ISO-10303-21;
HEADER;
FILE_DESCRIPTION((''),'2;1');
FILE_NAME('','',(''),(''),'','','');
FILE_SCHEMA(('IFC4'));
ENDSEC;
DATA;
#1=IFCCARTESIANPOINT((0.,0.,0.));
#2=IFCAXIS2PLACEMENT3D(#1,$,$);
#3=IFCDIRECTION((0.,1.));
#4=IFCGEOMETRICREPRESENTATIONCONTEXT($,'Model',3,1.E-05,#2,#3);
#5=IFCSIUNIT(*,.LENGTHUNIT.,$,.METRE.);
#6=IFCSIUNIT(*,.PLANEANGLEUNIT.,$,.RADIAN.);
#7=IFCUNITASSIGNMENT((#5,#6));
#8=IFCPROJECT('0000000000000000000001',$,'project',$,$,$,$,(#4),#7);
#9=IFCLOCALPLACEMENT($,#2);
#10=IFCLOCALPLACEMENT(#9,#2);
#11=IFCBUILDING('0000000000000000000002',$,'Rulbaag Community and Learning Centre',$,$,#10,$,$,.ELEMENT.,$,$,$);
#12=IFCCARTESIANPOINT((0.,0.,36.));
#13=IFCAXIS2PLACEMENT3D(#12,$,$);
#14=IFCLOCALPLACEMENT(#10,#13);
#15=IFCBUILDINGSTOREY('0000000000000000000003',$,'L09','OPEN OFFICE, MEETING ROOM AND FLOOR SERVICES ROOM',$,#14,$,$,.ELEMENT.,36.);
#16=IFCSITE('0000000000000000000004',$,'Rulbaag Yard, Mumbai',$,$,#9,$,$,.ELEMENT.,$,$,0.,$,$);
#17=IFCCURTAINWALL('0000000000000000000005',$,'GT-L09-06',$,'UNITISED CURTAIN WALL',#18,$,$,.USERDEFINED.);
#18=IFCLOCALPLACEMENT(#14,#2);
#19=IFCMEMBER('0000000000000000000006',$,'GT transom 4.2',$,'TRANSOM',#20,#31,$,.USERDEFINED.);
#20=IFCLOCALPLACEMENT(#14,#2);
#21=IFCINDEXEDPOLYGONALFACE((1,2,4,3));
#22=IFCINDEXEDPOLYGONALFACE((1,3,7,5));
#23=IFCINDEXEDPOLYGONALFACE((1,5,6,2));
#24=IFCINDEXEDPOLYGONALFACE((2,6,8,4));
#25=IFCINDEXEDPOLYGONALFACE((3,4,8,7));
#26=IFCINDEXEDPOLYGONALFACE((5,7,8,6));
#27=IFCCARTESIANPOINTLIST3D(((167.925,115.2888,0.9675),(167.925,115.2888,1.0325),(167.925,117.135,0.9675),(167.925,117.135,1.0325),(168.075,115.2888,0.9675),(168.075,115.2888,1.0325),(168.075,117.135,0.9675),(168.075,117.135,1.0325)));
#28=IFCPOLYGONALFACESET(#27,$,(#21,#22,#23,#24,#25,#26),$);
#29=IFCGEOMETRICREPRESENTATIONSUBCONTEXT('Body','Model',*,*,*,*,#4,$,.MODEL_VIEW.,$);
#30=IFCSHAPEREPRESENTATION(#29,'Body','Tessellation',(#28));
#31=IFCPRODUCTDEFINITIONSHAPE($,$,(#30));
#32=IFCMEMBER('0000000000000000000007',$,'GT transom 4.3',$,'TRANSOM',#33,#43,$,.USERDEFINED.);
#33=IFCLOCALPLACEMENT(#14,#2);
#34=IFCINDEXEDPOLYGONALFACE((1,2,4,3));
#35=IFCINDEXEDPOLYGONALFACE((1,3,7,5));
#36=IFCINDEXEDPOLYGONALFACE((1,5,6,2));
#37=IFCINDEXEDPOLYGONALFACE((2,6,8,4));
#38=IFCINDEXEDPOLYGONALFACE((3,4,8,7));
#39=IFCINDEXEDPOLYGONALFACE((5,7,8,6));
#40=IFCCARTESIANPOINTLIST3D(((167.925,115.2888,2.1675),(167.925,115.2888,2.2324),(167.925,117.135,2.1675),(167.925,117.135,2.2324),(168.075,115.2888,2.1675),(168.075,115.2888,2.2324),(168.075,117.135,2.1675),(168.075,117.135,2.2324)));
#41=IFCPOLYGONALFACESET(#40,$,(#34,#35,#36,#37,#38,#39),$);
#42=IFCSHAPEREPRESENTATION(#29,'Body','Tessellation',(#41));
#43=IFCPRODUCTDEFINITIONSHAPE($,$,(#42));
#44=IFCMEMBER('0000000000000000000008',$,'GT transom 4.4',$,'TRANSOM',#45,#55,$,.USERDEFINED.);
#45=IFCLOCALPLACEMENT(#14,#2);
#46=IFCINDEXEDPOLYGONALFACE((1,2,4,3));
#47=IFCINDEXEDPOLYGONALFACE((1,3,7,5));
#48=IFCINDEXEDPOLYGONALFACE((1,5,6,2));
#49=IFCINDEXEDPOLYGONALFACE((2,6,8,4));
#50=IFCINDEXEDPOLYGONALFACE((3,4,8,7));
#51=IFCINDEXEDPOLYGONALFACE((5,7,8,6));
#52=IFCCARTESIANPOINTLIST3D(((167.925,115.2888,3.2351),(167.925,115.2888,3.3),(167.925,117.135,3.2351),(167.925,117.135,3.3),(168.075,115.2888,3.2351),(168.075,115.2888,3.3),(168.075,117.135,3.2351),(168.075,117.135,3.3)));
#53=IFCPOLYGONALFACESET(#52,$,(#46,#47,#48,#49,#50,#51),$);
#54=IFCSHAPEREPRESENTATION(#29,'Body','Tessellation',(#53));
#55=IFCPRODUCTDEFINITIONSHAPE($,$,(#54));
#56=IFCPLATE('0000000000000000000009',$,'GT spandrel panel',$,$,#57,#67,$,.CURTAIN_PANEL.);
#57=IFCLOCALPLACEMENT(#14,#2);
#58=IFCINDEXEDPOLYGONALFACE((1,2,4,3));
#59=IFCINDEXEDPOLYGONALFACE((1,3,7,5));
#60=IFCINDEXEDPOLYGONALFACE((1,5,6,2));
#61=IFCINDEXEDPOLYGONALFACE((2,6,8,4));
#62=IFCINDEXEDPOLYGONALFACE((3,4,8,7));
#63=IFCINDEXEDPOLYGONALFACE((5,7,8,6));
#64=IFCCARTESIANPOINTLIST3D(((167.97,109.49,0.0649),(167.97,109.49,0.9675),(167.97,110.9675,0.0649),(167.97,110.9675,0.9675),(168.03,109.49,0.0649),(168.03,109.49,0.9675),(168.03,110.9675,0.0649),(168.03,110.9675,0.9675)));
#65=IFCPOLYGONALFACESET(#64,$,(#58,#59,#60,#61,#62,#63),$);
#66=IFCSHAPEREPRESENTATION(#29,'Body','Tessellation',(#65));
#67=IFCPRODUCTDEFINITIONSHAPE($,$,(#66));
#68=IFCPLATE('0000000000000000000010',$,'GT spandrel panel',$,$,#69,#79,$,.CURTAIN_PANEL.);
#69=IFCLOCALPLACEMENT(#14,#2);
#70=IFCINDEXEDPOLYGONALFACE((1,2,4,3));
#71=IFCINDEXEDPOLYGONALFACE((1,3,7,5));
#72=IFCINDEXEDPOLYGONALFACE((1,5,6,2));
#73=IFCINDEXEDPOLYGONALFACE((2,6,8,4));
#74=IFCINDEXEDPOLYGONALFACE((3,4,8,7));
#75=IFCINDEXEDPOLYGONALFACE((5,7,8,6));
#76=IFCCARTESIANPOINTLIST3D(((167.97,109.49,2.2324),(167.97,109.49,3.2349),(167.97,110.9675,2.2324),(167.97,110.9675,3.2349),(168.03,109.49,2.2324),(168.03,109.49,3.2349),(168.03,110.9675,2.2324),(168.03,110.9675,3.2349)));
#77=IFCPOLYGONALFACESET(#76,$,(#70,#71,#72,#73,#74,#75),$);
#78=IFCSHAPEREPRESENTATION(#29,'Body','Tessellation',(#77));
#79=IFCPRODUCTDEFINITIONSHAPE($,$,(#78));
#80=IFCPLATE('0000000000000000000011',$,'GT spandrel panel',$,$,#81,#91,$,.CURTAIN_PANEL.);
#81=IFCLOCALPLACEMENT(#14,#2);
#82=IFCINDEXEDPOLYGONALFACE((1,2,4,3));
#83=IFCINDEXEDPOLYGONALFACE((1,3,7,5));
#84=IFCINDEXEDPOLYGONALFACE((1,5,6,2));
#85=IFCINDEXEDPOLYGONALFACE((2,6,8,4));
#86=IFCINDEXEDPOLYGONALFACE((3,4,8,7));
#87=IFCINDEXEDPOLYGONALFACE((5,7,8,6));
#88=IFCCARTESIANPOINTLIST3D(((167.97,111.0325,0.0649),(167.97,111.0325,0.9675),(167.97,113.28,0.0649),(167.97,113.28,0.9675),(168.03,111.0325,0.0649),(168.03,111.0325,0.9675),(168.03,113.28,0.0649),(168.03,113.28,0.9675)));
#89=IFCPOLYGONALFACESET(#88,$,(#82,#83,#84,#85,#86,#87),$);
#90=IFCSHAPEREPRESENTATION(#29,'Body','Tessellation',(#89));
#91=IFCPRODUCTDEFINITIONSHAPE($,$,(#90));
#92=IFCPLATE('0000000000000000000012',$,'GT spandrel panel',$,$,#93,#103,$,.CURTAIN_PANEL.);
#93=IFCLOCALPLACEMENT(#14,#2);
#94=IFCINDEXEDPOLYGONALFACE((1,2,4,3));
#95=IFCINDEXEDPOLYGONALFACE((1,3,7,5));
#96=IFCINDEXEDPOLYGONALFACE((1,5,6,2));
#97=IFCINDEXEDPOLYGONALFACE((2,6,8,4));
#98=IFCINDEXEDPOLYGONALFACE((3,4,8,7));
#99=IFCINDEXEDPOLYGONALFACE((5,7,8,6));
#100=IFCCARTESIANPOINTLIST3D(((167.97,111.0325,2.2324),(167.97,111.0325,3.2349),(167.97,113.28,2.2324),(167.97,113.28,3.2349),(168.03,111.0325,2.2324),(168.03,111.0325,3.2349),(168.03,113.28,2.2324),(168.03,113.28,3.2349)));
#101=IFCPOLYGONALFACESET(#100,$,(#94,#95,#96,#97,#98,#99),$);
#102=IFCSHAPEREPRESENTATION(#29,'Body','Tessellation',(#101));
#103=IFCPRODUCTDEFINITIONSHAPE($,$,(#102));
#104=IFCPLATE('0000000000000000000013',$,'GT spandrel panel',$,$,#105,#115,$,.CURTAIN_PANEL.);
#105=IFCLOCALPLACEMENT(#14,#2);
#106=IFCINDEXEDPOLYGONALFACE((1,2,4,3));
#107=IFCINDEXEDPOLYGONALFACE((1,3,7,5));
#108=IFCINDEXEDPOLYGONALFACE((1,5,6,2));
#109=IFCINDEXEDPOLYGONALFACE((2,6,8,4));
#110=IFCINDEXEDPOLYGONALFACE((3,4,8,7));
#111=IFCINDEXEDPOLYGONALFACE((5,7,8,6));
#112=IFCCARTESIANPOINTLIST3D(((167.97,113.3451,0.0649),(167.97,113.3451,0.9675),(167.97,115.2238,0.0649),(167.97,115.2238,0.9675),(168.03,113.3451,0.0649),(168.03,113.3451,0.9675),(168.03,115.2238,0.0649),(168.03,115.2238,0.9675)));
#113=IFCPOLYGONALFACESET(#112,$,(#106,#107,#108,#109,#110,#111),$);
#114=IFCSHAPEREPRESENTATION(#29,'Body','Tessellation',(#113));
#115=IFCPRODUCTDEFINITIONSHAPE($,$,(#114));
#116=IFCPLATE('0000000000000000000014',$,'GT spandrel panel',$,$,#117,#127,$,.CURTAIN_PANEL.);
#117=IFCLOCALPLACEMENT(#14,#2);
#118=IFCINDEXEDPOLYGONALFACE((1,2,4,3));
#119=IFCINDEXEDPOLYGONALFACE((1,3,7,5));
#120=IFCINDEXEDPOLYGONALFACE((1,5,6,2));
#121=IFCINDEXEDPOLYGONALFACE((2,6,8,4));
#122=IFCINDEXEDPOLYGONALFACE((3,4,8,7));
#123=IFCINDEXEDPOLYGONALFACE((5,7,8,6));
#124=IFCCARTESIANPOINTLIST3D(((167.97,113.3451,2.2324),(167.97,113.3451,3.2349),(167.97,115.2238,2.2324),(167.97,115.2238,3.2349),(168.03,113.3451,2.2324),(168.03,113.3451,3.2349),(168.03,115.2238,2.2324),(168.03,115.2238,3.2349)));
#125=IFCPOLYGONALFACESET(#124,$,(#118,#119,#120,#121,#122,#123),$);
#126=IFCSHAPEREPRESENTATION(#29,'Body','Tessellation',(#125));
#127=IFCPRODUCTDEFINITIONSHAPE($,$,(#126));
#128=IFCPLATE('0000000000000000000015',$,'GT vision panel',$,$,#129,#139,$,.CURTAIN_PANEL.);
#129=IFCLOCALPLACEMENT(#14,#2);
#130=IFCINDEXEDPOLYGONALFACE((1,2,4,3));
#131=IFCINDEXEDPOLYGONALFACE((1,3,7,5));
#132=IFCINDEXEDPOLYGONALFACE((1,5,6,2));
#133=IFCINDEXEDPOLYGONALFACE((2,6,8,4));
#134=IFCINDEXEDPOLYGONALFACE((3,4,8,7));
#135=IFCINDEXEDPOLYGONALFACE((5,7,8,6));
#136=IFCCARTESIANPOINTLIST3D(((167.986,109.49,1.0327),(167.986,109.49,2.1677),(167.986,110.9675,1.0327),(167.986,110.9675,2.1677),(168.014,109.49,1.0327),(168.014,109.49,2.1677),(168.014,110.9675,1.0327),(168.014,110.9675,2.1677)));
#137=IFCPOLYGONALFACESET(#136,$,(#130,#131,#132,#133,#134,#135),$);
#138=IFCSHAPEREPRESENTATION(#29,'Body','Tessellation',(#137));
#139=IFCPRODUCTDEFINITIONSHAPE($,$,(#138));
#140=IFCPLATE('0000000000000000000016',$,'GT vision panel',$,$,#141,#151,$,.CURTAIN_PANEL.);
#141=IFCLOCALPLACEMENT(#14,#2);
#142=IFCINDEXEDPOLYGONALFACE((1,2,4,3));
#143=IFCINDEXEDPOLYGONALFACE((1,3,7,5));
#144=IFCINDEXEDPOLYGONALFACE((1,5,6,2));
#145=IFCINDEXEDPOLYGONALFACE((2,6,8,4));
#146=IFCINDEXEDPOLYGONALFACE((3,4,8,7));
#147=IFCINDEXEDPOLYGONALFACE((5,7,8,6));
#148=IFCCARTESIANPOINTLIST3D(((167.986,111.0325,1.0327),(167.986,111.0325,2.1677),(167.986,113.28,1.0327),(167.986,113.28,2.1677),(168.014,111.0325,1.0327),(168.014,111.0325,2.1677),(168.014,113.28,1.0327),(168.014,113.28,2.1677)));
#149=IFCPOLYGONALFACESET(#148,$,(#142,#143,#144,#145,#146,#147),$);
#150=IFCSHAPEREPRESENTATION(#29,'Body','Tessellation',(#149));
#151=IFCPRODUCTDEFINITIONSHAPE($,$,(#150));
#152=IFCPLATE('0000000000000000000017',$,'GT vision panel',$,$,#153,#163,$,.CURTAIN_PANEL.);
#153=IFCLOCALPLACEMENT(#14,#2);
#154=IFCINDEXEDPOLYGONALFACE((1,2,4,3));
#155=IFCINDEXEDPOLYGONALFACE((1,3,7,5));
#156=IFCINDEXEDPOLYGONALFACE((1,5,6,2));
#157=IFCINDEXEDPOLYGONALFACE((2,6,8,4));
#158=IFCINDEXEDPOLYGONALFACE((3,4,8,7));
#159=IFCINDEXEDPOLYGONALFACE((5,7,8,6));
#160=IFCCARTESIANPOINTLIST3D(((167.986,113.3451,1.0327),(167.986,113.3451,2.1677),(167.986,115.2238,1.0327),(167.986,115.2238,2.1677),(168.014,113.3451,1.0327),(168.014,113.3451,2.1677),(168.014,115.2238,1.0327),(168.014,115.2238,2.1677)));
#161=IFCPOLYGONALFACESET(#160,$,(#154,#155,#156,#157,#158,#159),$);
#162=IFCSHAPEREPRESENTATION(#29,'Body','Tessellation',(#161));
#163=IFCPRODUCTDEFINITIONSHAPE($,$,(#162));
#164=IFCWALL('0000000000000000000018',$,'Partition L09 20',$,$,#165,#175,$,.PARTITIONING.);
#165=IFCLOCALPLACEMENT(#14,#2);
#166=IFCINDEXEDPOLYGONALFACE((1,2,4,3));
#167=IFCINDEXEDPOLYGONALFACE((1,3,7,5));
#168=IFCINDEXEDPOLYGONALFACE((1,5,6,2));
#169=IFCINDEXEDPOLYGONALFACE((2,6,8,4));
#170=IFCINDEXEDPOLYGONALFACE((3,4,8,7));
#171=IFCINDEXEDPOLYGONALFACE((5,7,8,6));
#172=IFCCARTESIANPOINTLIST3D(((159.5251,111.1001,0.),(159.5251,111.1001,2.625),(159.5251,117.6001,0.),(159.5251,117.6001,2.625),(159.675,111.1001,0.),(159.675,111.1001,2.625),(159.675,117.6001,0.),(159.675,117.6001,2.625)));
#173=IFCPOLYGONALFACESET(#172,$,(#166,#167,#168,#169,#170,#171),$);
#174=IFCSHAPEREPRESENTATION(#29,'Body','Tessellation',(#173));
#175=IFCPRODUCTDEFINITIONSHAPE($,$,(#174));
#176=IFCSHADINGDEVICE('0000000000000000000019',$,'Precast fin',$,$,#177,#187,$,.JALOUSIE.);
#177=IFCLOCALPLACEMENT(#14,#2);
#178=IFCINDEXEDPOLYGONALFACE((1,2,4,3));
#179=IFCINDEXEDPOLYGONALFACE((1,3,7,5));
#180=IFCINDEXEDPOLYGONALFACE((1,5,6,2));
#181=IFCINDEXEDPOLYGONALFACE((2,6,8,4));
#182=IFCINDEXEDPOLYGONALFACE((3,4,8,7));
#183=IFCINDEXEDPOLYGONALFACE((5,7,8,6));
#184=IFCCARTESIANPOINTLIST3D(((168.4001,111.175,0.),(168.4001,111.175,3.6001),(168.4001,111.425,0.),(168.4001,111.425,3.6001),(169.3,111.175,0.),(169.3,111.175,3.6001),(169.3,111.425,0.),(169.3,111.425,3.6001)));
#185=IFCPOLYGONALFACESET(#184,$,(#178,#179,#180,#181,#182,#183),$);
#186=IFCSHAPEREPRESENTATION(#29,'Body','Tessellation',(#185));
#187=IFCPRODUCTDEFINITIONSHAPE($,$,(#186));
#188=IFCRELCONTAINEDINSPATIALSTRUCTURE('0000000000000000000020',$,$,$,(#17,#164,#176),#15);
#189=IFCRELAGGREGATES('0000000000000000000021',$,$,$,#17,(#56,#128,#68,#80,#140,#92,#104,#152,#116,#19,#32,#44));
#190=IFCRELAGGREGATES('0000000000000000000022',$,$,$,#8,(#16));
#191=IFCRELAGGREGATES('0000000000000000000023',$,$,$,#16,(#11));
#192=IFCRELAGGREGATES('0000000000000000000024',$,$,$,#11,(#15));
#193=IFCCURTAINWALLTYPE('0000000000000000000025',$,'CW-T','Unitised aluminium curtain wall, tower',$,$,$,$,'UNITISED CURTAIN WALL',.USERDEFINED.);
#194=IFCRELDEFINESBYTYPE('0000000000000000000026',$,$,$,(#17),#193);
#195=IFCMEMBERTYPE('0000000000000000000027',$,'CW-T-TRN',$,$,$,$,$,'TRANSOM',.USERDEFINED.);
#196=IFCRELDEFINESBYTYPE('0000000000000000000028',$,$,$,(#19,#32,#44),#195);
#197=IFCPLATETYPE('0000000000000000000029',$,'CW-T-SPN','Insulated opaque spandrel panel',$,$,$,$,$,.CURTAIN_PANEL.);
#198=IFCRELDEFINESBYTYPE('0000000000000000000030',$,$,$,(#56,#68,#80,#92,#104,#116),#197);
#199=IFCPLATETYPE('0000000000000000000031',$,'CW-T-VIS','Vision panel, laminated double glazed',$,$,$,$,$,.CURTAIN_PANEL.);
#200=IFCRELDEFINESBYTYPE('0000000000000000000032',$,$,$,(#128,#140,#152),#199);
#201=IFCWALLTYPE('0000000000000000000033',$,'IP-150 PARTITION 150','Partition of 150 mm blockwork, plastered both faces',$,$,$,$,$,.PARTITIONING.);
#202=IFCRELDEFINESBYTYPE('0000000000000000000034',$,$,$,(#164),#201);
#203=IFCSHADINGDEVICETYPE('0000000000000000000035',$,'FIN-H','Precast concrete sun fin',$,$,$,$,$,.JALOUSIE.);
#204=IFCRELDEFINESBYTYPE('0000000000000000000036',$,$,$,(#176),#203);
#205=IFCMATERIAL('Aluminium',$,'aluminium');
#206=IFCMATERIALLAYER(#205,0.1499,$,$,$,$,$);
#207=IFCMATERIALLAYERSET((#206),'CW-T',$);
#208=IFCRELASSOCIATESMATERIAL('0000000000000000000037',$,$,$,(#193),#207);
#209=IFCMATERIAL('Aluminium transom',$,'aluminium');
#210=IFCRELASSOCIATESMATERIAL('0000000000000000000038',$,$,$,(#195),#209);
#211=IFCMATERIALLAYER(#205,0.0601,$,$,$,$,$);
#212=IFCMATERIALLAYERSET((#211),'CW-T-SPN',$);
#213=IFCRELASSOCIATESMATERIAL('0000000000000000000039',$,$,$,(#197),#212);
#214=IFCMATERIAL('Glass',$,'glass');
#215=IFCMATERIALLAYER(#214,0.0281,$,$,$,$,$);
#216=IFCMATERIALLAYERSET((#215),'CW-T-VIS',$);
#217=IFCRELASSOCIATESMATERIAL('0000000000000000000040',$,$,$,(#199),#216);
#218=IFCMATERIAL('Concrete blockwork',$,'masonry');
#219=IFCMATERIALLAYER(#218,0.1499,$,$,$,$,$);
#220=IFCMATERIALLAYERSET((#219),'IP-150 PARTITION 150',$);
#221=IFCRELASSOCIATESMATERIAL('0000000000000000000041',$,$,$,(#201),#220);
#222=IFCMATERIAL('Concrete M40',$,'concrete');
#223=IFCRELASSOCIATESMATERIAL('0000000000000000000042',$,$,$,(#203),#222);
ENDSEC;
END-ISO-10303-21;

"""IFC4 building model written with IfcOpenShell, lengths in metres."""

from ifc_helpers import new_model, si_unit, direction, frame, frame_2d, origin, origin_2d, place, context, subcontext, project, spatial, rectangle, extrude, material, layer, layer_set, material_profile, profile_set, type_object, element, aggregate, save


model = new_model("IFC4")

# Units and contexts
model_context = context("Model", 3, precision=1e-05, world=origin(), true_north=direction((0.0, 1.0)))
body_context = subcontext(model_context, "Body", "Model", "MODEL_VIEW")
ifc_project = project(units=[si_unit("LENGTHUNIT", "METRE"), si_unit("PLANEANGLEUNIT", "RADIAN")], contexts=[model_context])

# Site, building, storey
site_placement = place(None, origin())
site = spatial("IfcSite", under=ifc_project, at=site_placement, Name="Rulbaag Yard, Mumbai", CompositionType="ELEMENT", RefElevation=0.0)
building_placement = place(site_placement, origin())
building = spatial("IfcBuilding", under=site, at=building_placement, Name="Rulbaag Community and Learning Centre", CompositionType="ELEMENT")
storey_placement = place(building_placement, frame((0.0, 0.0, 36.0)))
storey = spatial("IfcBuildingStorey", under=building, at=storey_placement, Name="L09", Description="OPEN OFFICE, MEETING ROOM AND FLOOR SERVICES ROOM", CompositionType="ELEMENT", Elevation=36.0)

# Curtain wall, members, plates
ifc_material_1 = material(Name="Aluminium", Category="aluminium")
ifc_layer_1 = layer(ifc_material_1, 0.1499)
ifc_layer_set_1 = layer_set([ifc_layer_1], Name="CW-T")
curtain_wall_type = type_object("IfcCurtainWallType", Name="CW-T", Description="Unitised aluminium curtain wall, tower", ElementType="UNITISED CURTAIN WALL", PredefinedType="USERDEFINED", material=ifc_layer_set_1)
curtain_wall_placement = place(storey_placement, origin())
curtain_wall = element("IfcCurtainWall", 1, at=curtain_wall_placement, inside=storey, type_object=curtain_wall_type, Name="GT-L09-06", ObjectType="UNITISED CURTAIN WALL", PredefinedType="USERDEFINED")
ifc_material_2 = material(Name="Aluminium transom", Category="aluminium")
ifc_material_profile_1 = material_profile(ifc_material_2, rectangle(XDim=0.1499, YDim=0.0649, at=origin_2d()), Name="AL 65x150 T")
ifc_profile_set_1 = profile_set([ifc_material_profile_1], Name="Aluminium transom")
member_type_1 = type_object("IfcMemberType", Name="CW-T-TRN", ElementType="TRANSOM", PredefinedType="USERDEFINED", material=ifc_profile_set_1)
member_1_placement = place(storey_placement, frame((168.0, 115.2888, 1.0), z_axis=(0.0, 1.0, 0.0), x_axis=(-1.0, 0.0, 0.0)))
member_1 = element("IfcMember", 2, at=member_1_placement, type_object=member_type_1, Name="GT transom 4.2", ObjectType="TRANSOM", PredefinedType="USERDEFINED", context=body_context, shape_type="SweptSolid", body=[
    extrude(rectangle(XDim=0.1499, YDim=0.0649, at=origin_2d()), origin(), (0.0, 0.0, 1.0), 1.8462),
])
member_2_placement = place(storey_placement, frame((168.0, 115.2888, 2.2), z_axis=(0.0, 1.0, 0.0), x_axis=(-1.0, 0.0, 0.0)))
member_2 = element("IfcMember", 3, at=member_2_placement, type_object=member_type_1, Name="GT transom 4.3", ObjectType="TRANSOM", PredefinedType="USERDEFINED", context=body_context, shape_type="SweptSolid", body=[
    extrude(rectangle(XDim=0.1499, YDim=0.0649, at=origin_2d()), origin(), (0.0, 0.0, 1.0), 1.8462),
])
member_3_placement = place(storey_placement, frame((168.0, 115.2888, 3.2676), z_axis=(0.0, 1.0, 0.0), x_axis=(-1.0, 0.0, 0.0)))
member_3 = element("IfcMember", 4, at=member_3_placement, type_object=member_type_1, Name="GT transom 4.4", ObjectType="TRANSOM", PredefinedType="USERDEFINED", context=body_context, shape_type="SweptSolid", body=[
    extrude(rectangle(XDim=0.1499, YDim=0.0649, at=origin_2d()), origin(), (0.0, 0.0, 1.0), 1.8462),
])
ifc_layer_2 = layer(ifc_material_1, 0.0601)
ifc_layer_set_2 = layer_set([ifc_layer_2], Name="CW-T-SPN")
plate_type_1 = type_object("IfcPlateType", Name="CW-T-SPN", Description="Insulated opaque spandrel panel", PredefinedType="CURTAIN_PANEL", material=ifc_layer_set_2)
plate_1_placement = place(storey_placement, frame((168.0, 110.2288, 0.0649), z_axis=(0.0, 0.0, 1.0), x_axis=(0.0, 1.0, 0.0)))
plate_1 = element("IfcPlate", 5, at=plate_1_placement, type_object=plate_type_1, Name="GT spandrel panel", PredefinedType="CURTAIN_PANEL", context=body_context, shape_type="SweptSolid", body=[
    extrude(rectangle(XDim=1.4775, YDim=0.0601, at=origin_2d()), origin(), (0.0, 0.0, 1.0), 0.9026),
])
plate_2_placement = place(storey_placement, frame((168.0, 110.2288, 2.2324), z_axis=(0.0, 0.0, 1.0), x_axis=(0.0, 1.0, 0.0)))
plate_2 = element("IfcPlate", 6, at=plate_2_placement, type_object=plate_type_1, Name="GT spandrel panel", PredefinedType="CURTAIN_PANEL", context=body_context, shape_type="SweptSolid", body=[
    extrude(rectangle(XDim=1.4775, YDim=0.0601, at=origin_2d()), origin(), (0.0, 0.0, 1.0), 1.0024),
])
plate_3_placement = place(storey_placement, frame((168.0, 112.1562, 0.0649), z_axis=(0.0, 0.0, 1.0), x_axis=(0.0, 1.0, 0.0)))
plate_3 = element("IfcPlate", 7, at=plate_3_placement, type_object=plate_type_1, Name="GT spandrel panel", PredefinedType="CURTAIN_PANEL", context=body_context, shape_type="SweptSolid", body=[
    extrude(rectangle(XDim=2.2476, YDim=0.0601, at=origin_2d()), origin(), (0.0, 0.0, 1.0), 0.9026),
])
plate_4_placement = place(storey_placement, frame((168.0, 112.1562, 2.2324), z_axis=(0.0, 0.0, 1.0), x_axis=(0.0, 1.0, 0.0)))
plate_4 = element("IfcPlate", 8, at=plate_4_placement, type_object=plate_type_1, Name="GT spandrel panel", PredefinedType="CURTAIN_PANEL", context=body_context, shape_type="SweptSolid", body=[
    extrude(rectangle(XDim=2.2476, YDim=0.0601, at=origin_2d()), origin(), (0.0, 0.0, 1.0), 1.0024),
])
plate_5_placement = place(storey_placement, frame((168.0, 114.2844, 0.0649), z_axis=(0.0, 0.0, 1.0), x_axis=(0.0, 1.0, 0.0)))
plate_5 = element("IfcPlate", 9, at=plate_5_placement, type_object=plate_type_1, Name="GT spandrel panel", PredefinedType="CURTAIN_PANEL", context=body_context, shape_type="SweptSolid", body=[
    extrude(rectangle(XDim=1.8787, YDim=0.0601, at=origin_2d()), origin(), (0.0, 0.0, 1.0), 0.9026),
])
plate_6_placement = place(storey_placement, frame((168.0, 114.2844, 2.2324), z_axis=(0.0, 0.0, 1.0), x_axis=(0.0, 1.0, 0.0)))
plate_6 = element("IfcPlate", 10, at=plate_6_placement, type_object=plate_type_1, Name="GT spandrel panel", PredefinedType="CURTAIN_PANEL", context=body_context, shape_type="SweptSolid", body=[
    extrude(rectangle(XDim=1.8787, YDim=0.0601, at=origin_2d()), origin(), (0.0, 0.0, 1.0), 1.0024),
])
ifc_material_3 = material(Name="Glass", Category="glass")
ifc_layer_3 = layer(ifc_material_3, 0.0281)
ifc_layer_set_3 = layer_set([ifc_layer_3], Name="CW-T-VIS")
plate_type_2 = type_object("IfcPlateType", Name="CW-T-VIS", Description="Vision panel, laminated double glazed", PredefinedType="CURTAIN_PANEL", material=ifc_layer_set_3)
plate_7_placement = place(storey_placement, frame((168.0, 110.2288, 1.0327), z_axis=(0.0, 0.0, 1.0), x_axis=(0.0, 1.0, 0.0)))
plate_7 = element("IfcPlate", 11, at=plate_7_placement, type_object=plate_type_2, Name="GT vision panel", PredefinedType="CURTAIN_PANEL", context=body_context, shape_type="SweptSolid", body=[
    extrude(rectangle(XDim=1.4775, YDim=0.0281, at=origin_2d()), origin(), (0.0, 0.0, 1.0), 1.135),
])
plate_8_placement = place(storey_placement, frame((168.0, 112.1562, 1.0327), z_axis=(0.0, 0.0, 1.0), x_axis=(0.0, 1.0, 0.0)))
plate_8 = element("IfcPlate", 12, at=plate_8_placement, type_object=plate_type_2, Name="GT vision panel", PredefinedType="CURTAIN_PANEL", context=body_context, shape_type="SweptSolid", body=[
    extrude(rectangle(XDim=2.2476, YDim=0.0281, at=origin_2d()), origin(), (0.0, 0.0, 1.0), 1.135),
])
plate_9_placement = place(storey_placement, frame((168.0, 114.2844, 1.0327), z_axis=(0.0, 0.0, 1.0), x_axis=(0.0, 1.0, 0.0)))
plate_9 = element("IfcPlate", 13, at=plate_9_placement, type_object=plate_type_2, Name="GT vision panel", PredefinedType="CURTAIN_PANEL", context=body_context, shape_type="SweptSolid", body=[
    extrude(rectangle(XDim=1.8787, YDim=0.0281, at=origin_2d()), origin(), (0.0, 0.0, 1.0), 1.135),
])
aggregate(curtain_wall, [plate_1, plate_7, plate_2, plate_3, plate_8, plate_4, plate_5, plate_9, plate_6, member_1, member_2, member_3])

# Wall
ifc_material_4 = material(Name="Concrete blockwork", Category="masonry")
ifc_layer_4 = layer(ifc_material_4, 0.1499)
ifc_layer_set_4 = layer_set([ifc_layer_4], Name="IP-150 PARTITION 150")
wall_type = type_object("IfcWallType", Name="IP-150 PARTITION 150", Description="Partition of 150 mm blockwork, plastered both faces", PredefinedType="PARTITIONING", material=ifc_layer_set_4)
wall_placement = place(storey_placement, frame((159.6001, 111.1001, 0.0), z_axis=(0.0, 0.0, 1.0), x_axis=(0.0, 1.0, 0.0)))
element("IfcWall", 14, at=wall_placement, inside=storey, type_object=wall_type, Name="Partition L09 20", PredefinedType="PARTITIONING", context=body_context, shape_type="SweptSolid", body=[
    extrude(rectangle(XDim=6.5, YDim=0.1499, at=frame_2d((3.25, 0.0))), origin(), (0.0, 0.0, 1.0), 2.625),
])

# Shading device
ifc_material_5 = material(Name="Concrete M40", Category="concrete")
ifc_material_profile_2 = material_profile(ifc_material_5, rectangle(XDim=0.25, YDim=0.8999, at=origin_2d()), Name="PC 250x900")
ifc_profile_set_2 = profile_set([ifc_material_profile_2], Name="Concrete M40")
shading_device_type = type_object("IfcShadingDeviceType", Name="FIN-H", Description="Precast concrete sun fin", PredefinedType="JALOUSIE", material=ifc_profile_set_2)
for number, where, z_axis, x_axis, name in (
    (15, (168.8501, 111.3, 0.0), (0.0, 0.0, 1.0), (0.0, 1.0, 0.0), "Precast fin"),
):
    element("IfcShadingDevice", number, at=place(storey_placement, frame(where, z_axis=z_axis, x_axis=x_axis)), inside=storey, type_object=shading_device_type, Name=name, PredefinedType="JALOUSIE", context=body_context, shape_type="SweptSolid", body=[
        extrude(rectangle(XDim=0.25, YDim=0.8999, at=origin_2d()), origin(), (0.0, 0.0, 1.0), 3.6001),
    ])

save(model, "model.ifc")
